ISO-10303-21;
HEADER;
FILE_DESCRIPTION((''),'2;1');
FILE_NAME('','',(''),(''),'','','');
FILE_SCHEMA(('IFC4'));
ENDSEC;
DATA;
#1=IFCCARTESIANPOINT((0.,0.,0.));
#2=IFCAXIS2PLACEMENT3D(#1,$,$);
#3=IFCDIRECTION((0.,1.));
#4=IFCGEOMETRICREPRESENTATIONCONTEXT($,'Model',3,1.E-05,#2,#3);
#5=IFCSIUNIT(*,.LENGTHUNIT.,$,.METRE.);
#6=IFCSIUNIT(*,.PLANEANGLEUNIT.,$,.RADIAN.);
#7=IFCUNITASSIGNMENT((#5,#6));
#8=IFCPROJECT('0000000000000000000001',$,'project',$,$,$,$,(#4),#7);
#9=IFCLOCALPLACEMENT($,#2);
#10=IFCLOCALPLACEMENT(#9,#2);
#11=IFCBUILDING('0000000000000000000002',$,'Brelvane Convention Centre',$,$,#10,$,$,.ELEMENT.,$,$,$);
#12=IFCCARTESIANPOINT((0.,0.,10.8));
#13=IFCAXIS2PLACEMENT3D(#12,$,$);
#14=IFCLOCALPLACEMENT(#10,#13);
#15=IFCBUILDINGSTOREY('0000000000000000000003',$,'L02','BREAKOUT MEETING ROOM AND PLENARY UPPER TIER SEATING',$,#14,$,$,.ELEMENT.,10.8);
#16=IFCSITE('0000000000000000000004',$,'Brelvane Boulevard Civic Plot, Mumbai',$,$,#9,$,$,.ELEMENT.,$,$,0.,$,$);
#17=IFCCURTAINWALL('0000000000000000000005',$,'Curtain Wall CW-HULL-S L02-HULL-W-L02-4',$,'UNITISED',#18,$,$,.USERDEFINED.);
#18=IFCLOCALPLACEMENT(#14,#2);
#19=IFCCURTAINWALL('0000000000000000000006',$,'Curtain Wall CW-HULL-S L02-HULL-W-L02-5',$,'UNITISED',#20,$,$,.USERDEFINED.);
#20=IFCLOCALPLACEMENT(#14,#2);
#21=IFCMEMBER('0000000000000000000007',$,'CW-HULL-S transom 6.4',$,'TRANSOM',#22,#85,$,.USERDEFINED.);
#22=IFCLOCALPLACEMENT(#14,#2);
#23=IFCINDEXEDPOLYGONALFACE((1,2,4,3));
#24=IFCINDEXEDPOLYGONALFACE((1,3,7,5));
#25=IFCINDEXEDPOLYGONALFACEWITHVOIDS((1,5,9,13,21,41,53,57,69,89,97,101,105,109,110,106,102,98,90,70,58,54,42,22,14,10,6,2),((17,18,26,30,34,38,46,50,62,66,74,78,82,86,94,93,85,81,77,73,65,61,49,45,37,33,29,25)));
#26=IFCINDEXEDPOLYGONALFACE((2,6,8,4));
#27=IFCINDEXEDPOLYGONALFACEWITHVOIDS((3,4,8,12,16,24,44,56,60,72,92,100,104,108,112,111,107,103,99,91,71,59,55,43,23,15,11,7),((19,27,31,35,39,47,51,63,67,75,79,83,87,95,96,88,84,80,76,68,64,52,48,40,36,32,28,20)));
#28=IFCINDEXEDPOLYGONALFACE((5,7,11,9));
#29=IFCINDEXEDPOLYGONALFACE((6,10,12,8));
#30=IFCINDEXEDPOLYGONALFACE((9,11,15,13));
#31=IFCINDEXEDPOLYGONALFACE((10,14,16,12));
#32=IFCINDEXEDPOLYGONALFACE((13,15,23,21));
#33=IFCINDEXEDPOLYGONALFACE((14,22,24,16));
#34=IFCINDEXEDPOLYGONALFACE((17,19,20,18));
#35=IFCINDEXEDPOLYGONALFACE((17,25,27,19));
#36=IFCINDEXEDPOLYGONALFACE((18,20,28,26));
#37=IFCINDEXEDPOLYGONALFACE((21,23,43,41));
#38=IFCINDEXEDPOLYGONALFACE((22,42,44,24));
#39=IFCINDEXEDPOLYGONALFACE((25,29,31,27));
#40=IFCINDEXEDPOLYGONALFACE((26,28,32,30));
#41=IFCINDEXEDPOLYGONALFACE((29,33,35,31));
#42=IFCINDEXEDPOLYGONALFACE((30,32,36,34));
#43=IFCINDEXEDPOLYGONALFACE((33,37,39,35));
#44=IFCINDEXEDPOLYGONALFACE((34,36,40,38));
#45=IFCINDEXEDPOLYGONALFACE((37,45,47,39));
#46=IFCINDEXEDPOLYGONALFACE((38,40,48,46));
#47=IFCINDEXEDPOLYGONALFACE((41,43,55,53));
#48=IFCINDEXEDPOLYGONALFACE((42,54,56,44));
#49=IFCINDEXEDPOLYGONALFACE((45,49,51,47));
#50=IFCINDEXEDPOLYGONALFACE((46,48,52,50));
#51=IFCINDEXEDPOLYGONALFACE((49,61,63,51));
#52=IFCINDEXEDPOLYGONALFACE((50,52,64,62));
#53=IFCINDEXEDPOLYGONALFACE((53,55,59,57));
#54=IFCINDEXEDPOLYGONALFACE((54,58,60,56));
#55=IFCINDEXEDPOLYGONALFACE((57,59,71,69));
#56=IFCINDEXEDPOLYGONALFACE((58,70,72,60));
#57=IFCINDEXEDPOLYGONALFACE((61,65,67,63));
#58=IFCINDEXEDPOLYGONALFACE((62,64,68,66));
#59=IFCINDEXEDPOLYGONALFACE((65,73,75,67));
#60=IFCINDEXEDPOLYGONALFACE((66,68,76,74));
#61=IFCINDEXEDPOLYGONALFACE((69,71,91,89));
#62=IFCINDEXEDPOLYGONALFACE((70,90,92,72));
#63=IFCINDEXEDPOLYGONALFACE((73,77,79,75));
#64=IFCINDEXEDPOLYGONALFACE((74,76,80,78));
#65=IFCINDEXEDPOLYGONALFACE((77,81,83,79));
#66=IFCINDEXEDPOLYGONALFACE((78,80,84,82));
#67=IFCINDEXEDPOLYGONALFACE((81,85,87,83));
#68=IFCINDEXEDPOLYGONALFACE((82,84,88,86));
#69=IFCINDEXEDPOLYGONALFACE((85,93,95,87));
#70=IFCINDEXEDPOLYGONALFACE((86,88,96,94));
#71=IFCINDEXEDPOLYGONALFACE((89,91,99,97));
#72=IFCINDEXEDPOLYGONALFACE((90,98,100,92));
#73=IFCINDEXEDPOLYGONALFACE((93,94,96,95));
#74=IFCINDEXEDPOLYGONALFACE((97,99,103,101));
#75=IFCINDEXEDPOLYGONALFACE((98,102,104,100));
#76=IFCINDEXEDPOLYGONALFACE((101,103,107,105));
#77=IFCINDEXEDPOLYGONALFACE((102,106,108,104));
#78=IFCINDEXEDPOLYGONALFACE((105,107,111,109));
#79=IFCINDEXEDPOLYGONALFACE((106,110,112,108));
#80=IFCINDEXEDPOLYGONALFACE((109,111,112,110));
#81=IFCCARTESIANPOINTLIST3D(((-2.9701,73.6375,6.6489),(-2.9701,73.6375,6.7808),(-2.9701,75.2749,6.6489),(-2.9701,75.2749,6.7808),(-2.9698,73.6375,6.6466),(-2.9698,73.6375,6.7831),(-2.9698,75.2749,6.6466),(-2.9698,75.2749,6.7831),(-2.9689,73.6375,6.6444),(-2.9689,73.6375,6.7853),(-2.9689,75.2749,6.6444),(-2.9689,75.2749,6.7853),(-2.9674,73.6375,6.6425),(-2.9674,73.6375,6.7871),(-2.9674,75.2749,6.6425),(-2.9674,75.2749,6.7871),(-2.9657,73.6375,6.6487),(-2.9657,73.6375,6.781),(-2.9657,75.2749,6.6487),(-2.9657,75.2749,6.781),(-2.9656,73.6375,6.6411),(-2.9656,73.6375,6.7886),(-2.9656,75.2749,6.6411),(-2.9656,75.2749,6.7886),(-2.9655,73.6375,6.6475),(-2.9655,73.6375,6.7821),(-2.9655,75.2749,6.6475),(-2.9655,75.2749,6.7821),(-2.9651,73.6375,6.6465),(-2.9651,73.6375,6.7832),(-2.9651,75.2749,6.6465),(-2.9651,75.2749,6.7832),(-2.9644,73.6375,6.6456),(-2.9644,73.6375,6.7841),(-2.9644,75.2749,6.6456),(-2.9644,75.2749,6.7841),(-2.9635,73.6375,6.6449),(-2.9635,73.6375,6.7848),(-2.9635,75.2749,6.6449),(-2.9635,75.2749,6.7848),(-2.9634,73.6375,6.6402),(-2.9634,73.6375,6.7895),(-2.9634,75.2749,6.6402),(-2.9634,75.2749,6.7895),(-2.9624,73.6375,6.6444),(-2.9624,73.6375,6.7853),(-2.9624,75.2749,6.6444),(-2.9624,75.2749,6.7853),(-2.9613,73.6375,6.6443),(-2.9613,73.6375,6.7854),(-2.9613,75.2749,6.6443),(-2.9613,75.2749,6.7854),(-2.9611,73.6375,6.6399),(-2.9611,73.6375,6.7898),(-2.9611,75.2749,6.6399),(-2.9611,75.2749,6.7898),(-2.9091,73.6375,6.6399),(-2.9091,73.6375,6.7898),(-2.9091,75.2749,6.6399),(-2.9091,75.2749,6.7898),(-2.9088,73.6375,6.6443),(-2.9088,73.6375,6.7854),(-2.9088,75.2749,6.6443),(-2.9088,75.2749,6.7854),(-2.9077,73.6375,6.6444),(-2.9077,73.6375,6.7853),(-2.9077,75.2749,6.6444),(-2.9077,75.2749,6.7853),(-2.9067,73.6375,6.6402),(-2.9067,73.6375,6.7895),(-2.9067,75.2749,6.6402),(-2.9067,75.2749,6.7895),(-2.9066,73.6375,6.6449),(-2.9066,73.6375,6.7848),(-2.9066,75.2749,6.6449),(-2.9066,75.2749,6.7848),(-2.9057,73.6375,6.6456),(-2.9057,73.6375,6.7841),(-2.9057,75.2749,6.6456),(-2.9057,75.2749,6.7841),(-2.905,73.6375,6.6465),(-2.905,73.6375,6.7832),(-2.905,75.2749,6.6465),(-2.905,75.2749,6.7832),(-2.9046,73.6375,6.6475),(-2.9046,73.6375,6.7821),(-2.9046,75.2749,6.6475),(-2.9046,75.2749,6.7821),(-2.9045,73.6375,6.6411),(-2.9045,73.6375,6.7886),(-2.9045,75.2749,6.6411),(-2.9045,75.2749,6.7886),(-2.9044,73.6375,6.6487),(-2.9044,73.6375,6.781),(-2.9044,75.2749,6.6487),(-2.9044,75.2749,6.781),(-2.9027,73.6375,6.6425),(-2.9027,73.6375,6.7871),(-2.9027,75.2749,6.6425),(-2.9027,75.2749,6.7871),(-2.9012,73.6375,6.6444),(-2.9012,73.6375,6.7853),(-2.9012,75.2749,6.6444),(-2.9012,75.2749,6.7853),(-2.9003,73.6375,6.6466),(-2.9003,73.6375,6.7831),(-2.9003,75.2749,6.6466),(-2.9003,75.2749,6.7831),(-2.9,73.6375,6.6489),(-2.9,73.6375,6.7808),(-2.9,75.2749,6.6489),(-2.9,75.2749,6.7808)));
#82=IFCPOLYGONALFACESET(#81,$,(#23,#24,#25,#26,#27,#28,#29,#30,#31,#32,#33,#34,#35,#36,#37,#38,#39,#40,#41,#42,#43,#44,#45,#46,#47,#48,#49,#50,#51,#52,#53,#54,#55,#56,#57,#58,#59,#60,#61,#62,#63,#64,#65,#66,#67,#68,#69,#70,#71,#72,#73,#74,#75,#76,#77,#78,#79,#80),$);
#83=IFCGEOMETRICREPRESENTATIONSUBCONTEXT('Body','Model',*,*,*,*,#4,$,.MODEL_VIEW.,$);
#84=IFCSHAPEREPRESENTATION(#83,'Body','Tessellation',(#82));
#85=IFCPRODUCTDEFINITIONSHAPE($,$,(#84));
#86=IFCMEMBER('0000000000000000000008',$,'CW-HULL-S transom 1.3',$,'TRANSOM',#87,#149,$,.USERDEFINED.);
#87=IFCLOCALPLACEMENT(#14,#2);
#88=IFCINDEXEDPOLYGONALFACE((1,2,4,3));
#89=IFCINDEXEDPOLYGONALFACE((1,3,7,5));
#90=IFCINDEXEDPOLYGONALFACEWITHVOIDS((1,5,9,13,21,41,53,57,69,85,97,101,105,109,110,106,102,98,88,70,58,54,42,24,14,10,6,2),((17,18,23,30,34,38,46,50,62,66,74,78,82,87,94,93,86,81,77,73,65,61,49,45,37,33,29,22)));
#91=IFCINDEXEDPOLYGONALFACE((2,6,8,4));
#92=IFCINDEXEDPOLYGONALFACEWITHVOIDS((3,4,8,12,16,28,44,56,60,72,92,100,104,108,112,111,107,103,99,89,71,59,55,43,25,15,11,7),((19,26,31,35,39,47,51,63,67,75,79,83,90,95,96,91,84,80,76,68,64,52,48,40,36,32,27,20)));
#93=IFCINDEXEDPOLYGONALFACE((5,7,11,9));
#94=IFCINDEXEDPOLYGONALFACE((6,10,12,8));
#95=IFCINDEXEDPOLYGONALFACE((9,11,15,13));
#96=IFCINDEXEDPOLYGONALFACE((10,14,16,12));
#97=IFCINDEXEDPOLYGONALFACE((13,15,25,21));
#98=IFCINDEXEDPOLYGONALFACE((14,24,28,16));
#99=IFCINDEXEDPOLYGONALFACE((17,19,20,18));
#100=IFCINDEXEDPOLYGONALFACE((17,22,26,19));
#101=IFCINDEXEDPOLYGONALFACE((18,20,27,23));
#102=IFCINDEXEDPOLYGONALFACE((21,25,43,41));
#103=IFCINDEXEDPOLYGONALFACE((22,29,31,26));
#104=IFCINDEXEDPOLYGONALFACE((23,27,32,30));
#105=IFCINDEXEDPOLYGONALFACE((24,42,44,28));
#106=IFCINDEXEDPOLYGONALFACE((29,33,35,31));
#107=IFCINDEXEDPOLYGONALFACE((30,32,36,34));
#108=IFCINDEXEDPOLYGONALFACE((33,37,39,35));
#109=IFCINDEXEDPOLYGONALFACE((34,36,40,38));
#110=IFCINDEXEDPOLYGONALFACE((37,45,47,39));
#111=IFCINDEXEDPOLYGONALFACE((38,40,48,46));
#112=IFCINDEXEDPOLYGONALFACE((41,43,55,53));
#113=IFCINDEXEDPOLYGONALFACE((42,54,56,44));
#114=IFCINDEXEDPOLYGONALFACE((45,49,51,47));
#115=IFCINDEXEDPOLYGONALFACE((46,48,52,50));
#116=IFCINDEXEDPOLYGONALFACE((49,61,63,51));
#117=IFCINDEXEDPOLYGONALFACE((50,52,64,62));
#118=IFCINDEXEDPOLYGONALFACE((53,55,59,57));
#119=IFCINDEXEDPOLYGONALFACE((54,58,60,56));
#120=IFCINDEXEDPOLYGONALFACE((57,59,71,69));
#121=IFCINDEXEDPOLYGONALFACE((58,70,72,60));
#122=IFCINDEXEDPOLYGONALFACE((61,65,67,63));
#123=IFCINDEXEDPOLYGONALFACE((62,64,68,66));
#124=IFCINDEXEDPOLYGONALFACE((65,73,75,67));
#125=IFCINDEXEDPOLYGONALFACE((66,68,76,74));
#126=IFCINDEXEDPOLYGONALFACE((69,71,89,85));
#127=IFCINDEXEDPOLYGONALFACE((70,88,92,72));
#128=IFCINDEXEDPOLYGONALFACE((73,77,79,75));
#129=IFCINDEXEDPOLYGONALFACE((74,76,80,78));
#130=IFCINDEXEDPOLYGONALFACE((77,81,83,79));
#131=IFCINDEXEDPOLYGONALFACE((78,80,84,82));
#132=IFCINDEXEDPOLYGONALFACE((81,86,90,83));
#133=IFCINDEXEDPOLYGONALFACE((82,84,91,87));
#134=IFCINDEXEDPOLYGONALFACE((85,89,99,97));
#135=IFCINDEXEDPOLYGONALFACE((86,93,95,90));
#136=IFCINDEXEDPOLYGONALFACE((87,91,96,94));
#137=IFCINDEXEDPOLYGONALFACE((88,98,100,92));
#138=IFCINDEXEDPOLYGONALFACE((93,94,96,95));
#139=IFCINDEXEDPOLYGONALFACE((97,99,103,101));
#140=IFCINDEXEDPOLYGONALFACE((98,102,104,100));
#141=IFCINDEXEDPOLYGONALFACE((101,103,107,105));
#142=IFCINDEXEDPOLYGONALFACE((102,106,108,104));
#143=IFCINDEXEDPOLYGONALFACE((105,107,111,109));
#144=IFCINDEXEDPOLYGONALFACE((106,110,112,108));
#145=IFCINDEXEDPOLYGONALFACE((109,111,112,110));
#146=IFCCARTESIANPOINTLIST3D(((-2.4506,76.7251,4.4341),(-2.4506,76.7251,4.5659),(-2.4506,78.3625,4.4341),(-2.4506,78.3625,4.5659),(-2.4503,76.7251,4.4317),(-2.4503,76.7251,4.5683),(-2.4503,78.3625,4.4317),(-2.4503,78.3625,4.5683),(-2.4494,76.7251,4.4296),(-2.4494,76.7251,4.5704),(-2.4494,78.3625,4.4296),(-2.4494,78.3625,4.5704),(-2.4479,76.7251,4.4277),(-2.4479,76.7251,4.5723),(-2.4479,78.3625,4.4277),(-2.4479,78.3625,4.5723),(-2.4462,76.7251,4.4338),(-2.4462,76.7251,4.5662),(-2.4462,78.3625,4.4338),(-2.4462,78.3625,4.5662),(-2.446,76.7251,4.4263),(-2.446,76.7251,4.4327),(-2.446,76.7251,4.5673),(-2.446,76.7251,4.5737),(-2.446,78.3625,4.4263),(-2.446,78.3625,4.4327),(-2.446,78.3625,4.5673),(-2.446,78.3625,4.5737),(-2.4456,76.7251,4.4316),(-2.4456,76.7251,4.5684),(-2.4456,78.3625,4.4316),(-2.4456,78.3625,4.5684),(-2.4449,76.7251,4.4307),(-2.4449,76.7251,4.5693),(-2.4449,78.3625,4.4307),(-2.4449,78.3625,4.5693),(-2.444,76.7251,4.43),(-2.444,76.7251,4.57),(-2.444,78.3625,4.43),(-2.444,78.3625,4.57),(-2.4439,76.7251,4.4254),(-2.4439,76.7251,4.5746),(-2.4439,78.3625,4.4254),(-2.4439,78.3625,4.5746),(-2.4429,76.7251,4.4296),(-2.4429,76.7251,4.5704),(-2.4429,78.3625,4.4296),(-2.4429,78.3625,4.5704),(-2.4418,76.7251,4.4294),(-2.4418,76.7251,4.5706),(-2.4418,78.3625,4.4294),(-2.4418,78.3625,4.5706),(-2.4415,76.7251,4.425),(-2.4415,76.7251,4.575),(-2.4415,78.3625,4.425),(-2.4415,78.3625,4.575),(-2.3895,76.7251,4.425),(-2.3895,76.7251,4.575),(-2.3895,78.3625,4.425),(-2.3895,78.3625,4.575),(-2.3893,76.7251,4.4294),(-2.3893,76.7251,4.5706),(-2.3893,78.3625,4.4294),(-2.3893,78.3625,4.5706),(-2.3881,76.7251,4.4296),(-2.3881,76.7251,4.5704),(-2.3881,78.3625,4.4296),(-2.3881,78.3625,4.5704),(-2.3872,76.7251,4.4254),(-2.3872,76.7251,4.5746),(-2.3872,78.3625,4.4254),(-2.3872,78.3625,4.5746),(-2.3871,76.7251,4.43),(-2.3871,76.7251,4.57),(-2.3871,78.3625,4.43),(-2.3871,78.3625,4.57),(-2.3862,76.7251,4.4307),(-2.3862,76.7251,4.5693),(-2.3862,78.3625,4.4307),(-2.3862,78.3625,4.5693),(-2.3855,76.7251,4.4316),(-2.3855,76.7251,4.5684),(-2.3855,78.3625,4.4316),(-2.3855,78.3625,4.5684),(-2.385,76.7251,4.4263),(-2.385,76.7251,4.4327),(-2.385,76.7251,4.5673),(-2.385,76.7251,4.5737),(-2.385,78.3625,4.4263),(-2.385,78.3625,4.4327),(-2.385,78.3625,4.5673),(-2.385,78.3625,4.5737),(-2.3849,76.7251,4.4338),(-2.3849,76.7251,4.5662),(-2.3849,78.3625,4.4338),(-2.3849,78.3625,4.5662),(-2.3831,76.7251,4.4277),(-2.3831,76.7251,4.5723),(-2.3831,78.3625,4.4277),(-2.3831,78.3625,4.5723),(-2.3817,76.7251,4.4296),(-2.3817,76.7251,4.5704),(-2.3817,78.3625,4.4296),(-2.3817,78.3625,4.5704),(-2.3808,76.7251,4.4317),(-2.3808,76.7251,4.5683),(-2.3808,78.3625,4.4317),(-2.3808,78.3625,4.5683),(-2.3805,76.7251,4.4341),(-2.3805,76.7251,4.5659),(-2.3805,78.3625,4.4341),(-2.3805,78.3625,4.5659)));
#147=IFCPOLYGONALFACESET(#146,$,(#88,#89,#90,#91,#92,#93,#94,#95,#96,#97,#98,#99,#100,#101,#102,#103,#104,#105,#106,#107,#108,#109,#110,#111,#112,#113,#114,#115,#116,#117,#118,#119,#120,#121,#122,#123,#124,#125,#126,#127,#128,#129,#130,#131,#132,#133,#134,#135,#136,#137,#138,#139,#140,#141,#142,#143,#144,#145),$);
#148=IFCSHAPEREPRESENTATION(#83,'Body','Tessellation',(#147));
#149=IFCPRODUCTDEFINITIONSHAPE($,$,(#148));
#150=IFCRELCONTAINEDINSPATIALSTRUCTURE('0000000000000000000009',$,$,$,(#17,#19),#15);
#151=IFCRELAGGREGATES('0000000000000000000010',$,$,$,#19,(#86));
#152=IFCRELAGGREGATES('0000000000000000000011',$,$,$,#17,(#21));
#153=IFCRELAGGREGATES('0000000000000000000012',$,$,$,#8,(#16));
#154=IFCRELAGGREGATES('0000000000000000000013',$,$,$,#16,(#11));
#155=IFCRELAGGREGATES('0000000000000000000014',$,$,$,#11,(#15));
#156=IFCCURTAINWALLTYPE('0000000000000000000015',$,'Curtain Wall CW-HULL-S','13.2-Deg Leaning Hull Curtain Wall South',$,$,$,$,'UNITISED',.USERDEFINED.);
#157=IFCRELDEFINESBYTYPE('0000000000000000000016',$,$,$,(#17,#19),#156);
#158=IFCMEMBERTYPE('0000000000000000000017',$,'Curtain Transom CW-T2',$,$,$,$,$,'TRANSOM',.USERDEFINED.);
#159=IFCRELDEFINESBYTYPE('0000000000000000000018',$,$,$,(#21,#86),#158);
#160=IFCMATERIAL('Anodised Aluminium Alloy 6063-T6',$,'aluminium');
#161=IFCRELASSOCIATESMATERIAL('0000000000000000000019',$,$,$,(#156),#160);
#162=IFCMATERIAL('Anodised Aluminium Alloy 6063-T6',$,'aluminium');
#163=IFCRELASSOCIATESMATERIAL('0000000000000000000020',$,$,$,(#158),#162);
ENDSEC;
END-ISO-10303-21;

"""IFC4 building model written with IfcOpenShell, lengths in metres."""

from ifc_helpers import new_model, si_unit, direction, frame, origin, origin_2d, place, context, subcontext, project, spatial, hollow_rectangle, extrude, material, material_profile, profile_set, type_object, element, aggregate, save


model = new_model("IFC4")

# Units and contexts
model_context = context("Model", 3, precision=1e-05, world=origin(), true_north=direction((0.0, 1.0)))
body_context = subcontext(model_context, "Body", "Model", "MODEL_VIEW")
ifc_project = project(units=[si_unit("LENGTHUNIT", "METRE"), si_unit("PLANEANGLEUNIT", "RADIAN")], contexts=[model_context])

# Site, building, storey
site_placement = place(None, origin())
site = spatial("IfcSite", under=ifc_project, at=site_placement, Name="Brelvane Boulevard Civic Plot, Mumbai", CompositionType="ELEMENT", RefElevation=0.0)
building_placement = place(site_placement, origin())
building = spatial("IfcBuilding", under=site, at=building_placement, Name="Brelvane Convention Centre", CompositionType="ELEMENT")
storey_placement = place(building_placement, frame((0.0, 0.0, 10.8)))
storey = spatial("IfcBuildingStorey", under=building, at=storey_placement, Name="L02", Description="BREAKOUT MEETING ROOM AND PLENARY UPPER TIER SEATING", CompositionType="ELEMENT", Elevation=10.8)

# Curtain wall
ifc_material_1 = material(Name="Anodised Aluminium Alloy 6063-T6", Category="aluminium")
curtain_wall_type = type_object("IfcCurtainWallType", Name="Curtain Wall CW-HULL-S", Description="13.2-Deg Leaning Hull Curtain Wall South", ElementType="UNITISED", PredefinedType="USERDEFINED", material=ifc_material_1)
curtain_wall_1_placement = place(storey_placement, origin())
curtain_wall_1 = element("IfcCurtainWall", 1, at=curtain_wall_1_placement, inside=storey, type_object=curtain_wall_type, Name="Curtain Wall CW-HULL-S L02-HULL-W-L02-4", ObjectType="UNITISED", PredefinedType="USERDEFINED")

# Curtain wall
curtain_wall_2_placement = place(storey_placement, origin())
curtain_wall_2 = element("IfcCurtainWall", 2, at=curtain_wall_2_placement, inside=storey, type_object=curtain_wall_type, Name="Curtain Wall CW-HULL-S L02-HULL-W-L02-5", ObjectType="UNITISED", PredefinedType="USERDEFINED")

# Members
ifc_material_2 = material(Name="Anodised Aluminium Alloy 6063-T6", Category="aluminium")
ifc_material_profile_1 = material_profile(ifc_material_2, hollow_rectangle(XDim=0.0701, YDim=0.1499, WallThickness=0.0044, InnerFilletRadius=0.0044, OuterFilletRadius=0.009, at=origin_2d()), Name="ALU-T 150x70x4.5")
ifc_profile_set_1 = profile_set([ifc_material_profile_1], Name="Anodised Aluminium Alloy 6063-T6")
member_type_1 = type_object("IfcMemberType", Name="Curtain Transom CW-T2", ElementType="TRANSOM", PredefinedType="USERDEFINED", material=ifc_profile_set_1)
member_1_placement = place(storey_placement, frame((-2.9351, 73.6375, 6.7148), z_axis=(0.0, 1.0, 0.0), x_axis=(-1.0, 0.0, 0.0)))
member_1 = element("IfcMember", 3, at=member_1_placement, type_object=member_type_1, Name="CW-HULL-S transom 6.4", ObjectType="TRANSOM", PredefinedType="USERDEFINED", context=body_context, shape_type="SweptSolid", body=[
    extrude(hollow_rectangle(XDim=0.0701, YDim=0.1499, WallThickness=0.0044, InnerFilletRadius=0.0044, OuterFilletRadius=0.009, at=origin_2d()), origin(), (0.0, 0.0, 1.0), 1.6375),
])
member_2_placement = place(storey_placement, frame((-2.4155, 76.7251, 4.5), z_axis=(0.0, 1.0, 0.0), x_axis=(-1.0, 0.0, 0.0)))
member_2 = element("IfcMember", 4, at=member_2_placement, type_object=member_type_1, Name="CW-HULL-S transom 1.3", ObjectType="TRANSOM", PredefinedType="USERDEFINED", context=body_context, shape_type="SweptSolid", body=[
    extrude(hollow_rectangle(XDim=0.0701, YDim=0.1499, WallThickness=0.0044, InnerFilletRadius=0.0044, OuterFilletRadius=0.009, at=origin_2d()), origin(), (0.0, 0.0, 1.0), 1.6375),
])

aggregate(curtain_wall_2, [member_2])
aggregate(curtain_wall_1, [member_1])

save(model, "model.ifc")
